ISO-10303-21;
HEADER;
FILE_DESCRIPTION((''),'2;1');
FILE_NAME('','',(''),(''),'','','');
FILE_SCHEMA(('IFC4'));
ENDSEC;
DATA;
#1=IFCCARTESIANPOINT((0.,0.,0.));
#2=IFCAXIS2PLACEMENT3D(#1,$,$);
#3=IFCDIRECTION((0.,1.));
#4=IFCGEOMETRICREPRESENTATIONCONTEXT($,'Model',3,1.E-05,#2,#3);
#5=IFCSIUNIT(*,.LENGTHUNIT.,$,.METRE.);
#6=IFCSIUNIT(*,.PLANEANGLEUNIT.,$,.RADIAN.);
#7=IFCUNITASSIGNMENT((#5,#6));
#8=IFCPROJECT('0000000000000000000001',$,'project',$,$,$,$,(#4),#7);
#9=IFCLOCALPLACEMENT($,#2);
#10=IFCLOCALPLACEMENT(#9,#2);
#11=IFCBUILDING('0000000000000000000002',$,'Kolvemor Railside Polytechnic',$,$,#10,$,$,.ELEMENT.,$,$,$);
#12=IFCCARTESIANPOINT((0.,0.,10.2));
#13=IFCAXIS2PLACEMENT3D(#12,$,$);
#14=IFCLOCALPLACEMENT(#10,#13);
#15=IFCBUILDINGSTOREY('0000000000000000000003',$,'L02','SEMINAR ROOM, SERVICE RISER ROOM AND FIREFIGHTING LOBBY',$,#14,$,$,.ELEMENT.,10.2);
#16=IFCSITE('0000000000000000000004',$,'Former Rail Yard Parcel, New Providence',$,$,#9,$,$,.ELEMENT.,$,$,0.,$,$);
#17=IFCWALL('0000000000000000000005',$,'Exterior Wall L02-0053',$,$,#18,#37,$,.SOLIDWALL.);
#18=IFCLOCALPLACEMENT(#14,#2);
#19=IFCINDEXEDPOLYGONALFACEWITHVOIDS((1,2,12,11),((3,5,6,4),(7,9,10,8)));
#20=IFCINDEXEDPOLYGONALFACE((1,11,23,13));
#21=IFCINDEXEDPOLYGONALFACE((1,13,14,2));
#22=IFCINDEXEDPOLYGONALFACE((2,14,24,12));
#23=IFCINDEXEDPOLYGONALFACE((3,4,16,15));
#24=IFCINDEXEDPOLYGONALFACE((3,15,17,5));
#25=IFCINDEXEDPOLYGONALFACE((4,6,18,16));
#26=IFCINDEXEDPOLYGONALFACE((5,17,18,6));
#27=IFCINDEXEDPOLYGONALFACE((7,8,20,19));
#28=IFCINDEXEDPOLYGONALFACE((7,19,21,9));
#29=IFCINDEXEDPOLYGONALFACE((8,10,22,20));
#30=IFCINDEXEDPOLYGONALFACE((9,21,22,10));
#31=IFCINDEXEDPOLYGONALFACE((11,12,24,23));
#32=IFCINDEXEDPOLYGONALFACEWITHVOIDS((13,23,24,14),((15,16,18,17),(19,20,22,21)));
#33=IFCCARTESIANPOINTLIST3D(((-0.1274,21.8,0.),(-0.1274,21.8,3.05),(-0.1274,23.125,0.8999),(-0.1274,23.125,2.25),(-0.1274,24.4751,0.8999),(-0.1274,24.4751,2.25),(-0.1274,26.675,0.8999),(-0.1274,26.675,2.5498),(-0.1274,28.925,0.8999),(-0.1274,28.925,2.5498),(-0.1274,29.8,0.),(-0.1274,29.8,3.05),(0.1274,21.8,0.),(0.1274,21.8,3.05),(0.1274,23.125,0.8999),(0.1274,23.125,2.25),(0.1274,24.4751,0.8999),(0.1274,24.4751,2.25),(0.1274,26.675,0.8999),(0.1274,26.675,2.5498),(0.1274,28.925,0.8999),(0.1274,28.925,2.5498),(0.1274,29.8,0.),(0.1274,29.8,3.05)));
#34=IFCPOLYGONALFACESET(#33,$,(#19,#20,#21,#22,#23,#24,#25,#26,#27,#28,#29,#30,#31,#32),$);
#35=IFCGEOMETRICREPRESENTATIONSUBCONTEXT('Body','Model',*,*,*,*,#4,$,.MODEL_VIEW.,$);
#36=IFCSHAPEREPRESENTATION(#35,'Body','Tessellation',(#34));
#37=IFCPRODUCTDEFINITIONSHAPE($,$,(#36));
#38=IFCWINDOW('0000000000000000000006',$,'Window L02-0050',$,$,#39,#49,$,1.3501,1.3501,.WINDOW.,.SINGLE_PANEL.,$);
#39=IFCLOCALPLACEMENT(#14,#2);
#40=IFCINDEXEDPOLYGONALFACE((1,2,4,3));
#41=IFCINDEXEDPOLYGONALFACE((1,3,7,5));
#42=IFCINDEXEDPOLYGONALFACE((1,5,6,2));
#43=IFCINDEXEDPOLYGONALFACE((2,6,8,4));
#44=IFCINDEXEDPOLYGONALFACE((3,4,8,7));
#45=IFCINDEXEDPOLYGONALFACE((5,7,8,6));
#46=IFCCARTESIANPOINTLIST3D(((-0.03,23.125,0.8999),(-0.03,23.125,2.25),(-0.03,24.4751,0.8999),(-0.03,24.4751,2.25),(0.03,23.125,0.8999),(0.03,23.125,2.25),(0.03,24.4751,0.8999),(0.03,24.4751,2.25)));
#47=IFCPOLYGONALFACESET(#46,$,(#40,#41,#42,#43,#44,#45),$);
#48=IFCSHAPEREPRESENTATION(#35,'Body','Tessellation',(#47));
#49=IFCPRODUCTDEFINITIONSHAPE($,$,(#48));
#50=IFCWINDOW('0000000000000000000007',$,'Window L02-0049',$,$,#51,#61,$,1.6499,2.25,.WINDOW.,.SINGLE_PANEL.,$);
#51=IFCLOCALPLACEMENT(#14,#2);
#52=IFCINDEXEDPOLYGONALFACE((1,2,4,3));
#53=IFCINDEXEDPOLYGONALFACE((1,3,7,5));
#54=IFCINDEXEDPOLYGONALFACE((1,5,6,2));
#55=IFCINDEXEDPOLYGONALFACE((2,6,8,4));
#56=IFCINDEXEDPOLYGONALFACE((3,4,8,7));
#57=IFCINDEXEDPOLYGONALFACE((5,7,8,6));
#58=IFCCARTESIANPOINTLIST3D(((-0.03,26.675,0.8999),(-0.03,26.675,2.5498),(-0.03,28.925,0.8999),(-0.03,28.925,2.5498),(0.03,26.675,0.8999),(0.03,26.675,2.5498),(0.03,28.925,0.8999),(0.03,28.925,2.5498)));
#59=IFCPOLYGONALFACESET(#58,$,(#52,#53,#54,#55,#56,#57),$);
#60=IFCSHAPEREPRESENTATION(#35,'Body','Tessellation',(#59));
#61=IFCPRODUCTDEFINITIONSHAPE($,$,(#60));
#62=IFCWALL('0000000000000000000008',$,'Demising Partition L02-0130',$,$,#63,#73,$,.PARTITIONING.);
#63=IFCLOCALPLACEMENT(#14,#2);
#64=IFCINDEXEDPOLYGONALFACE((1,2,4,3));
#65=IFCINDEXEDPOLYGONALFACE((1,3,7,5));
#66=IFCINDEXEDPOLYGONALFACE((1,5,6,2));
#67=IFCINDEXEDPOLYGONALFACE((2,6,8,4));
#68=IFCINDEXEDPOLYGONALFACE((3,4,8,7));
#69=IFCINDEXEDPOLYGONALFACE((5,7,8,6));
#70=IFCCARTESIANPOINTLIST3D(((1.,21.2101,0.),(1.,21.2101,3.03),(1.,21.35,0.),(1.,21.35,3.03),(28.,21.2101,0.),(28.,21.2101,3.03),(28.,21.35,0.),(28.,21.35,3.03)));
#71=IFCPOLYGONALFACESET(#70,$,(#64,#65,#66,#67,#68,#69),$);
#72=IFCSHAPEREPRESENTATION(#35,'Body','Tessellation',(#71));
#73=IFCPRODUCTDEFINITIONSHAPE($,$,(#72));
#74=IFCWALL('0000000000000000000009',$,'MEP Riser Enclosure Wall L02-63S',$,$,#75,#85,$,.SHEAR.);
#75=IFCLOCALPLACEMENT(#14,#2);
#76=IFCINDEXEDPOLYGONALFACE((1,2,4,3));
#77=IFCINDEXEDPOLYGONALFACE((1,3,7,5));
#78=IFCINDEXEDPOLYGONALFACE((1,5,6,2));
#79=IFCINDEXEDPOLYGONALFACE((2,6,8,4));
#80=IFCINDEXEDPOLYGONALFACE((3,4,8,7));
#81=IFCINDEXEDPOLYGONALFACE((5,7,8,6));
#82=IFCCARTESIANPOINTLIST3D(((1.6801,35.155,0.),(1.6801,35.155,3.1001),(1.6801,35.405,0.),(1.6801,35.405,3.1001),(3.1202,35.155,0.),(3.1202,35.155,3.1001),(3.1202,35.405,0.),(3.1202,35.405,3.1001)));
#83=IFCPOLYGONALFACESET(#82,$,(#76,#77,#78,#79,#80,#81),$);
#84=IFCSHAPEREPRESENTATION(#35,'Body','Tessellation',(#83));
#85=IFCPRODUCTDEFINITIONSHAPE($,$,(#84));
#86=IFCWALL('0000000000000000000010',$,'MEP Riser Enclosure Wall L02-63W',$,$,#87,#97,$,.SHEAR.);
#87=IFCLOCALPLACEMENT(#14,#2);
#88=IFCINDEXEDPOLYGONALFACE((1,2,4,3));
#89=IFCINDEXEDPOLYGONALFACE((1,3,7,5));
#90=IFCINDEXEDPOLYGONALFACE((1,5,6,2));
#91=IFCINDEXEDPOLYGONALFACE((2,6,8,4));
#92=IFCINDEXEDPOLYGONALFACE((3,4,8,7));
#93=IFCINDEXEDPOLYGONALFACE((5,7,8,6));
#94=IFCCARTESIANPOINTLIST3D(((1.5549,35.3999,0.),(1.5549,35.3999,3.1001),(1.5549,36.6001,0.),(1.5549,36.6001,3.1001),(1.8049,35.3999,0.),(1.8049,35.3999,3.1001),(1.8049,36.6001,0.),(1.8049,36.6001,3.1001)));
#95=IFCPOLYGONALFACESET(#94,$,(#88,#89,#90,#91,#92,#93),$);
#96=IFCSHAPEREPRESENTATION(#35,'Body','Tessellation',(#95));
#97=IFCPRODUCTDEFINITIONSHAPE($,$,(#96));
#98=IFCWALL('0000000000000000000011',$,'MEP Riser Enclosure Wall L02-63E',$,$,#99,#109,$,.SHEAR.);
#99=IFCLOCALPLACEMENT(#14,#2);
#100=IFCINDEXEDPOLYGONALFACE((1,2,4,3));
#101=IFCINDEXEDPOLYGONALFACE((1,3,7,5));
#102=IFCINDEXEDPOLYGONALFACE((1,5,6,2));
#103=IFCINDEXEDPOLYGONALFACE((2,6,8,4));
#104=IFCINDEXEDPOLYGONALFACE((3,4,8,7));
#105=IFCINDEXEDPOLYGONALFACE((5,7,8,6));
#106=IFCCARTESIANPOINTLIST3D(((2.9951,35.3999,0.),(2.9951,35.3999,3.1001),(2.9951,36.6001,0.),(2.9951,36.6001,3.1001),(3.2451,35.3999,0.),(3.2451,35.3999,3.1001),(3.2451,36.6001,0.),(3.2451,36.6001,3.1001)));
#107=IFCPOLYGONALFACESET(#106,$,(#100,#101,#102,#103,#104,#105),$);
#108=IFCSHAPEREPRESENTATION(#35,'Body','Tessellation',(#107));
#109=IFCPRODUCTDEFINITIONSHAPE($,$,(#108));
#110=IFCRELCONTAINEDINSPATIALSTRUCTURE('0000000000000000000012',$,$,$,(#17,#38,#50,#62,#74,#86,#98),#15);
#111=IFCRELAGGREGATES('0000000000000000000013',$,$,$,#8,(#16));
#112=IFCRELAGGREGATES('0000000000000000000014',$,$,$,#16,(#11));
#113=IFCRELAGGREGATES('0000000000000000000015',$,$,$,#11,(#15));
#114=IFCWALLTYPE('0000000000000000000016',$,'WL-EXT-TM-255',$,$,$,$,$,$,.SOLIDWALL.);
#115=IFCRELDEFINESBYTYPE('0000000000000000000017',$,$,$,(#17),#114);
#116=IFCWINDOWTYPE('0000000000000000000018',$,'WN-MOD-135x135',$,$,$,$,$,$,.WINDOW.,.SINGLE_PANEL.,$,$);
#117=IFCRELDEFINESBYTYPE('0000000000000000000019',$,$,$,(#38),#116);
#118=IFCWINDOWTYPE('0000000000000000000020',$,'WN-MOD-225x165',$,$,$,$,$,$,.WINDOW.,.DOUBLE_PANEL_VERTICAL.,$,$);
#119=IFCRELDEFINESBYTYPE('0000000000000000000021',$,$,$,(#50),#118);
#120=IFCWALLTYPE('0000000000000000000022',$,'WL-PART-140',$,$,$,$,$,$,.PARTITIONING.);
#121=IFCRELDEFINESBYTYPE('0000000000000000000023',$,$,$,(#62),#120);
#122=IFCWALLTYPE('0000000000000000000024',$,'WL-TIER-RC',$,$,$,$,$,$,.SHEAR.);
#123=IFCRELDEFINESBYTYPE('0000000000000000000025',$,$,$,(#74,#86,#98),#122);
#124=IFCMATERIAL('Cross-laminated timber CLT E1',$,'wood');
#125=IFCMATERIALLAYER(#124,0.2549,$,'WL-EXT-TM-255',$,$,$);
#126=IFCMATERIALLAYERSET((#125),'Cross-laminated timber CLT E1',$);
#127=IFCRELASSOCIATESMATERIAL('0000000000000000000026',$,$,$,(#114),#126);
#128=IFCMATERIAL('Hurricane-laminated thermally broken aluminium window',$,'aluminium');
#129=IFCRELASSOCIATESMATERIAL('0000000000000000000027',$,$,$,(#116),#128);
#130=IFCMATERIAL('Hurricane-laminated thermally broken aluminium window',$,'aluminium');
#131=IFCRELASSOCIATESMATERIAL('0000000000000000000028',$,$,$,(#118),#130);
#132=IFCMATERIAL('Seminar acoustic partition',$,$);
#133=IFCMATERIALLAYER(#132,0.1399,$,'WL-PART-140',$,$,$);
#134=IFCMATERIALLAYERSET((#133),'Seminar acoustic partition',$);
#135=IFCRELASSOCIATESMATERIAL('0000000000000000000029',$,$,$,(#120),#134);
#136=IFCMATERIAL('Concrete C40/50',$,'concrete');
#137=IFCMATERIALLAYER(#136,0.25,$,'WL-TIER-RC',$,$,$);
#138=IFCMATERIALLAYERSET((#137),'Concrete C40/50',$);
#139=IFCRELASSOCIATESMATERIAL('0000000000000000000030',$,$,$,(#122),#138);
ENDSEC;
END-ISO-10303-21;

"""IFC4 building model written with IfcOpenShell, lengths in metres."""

from ifc_helpers import new_model, si_unit, direction, frame, frame_2d, origin, place, context, subcontext, project, spatial, rectangle, extrude, material, layer, layer_set, type_object, element, fill, save


model = new_model("IFC4")

# Units and contexts
model_context = context("Model", 3, precision=1e-05, world=origin(), true_north=direction((0.0, 1.0)))
body_context = subcontext(model_context, "Body", "Model", "MODEL_VIEW")
ifc_project = project(units=[si_unit("LENGTHUNIT", "METRE"), si_unit("PLANEANGLEUNIT", "RADIAN")], contexts=[model_context])

# Site, building, storey
site_placement = place(None, origin())
site = spatial("IfcSite", under=ifc_project, at=site_placement, Name="Former Rail Yard Parcel, New Providence", CompositionType="ELEMENT", RefElevation=0.0)
building_placement = place(site_placement, origin())
building = spatial("IfcBuilding", under=site, at=building_placement, Name="Kolvemor Railside Polytechnic", CompositionType="ELEMENT")
storey_placement = place(building_placement, frame((0.0, 0.0, 10.2)))
storey = spatial("IfcBuildingStorey", under=building, at=storey_placement, Name="L02", Description="SEMINAR ROOM, SERVICE RISER ROOM AND FIREFIGHTING LOBBY", CompositionType="ELEMENT", Elevation=10.2)

# Wall, openings, windows
ifc_material_1 = material(Name="Cross-laminated timber CLT E1", Category="wood")
ifc_layer_1 = layer(ifc_material_1, 0.2549, Name="WL-EXT-TM-255")
ifc_layer_set_1 = layer_set([ifc_layer_1], Name="Cross-laminated timber CLT E1")
wall_type_1 = type_object("IfcWallType", Name="WL-EXT-TM-255", PredefinedType="SOLIDWALL", material=ifc_layer_set_1)
wall_1_placement = place(storey_placement, frame((0.0, 29.8, 0.0), z_axis=(0.0, 0.0, 1.0), x_axis=(0.0, -1.0, 0.0)))
wall_1 = element("IfcWall", 1, at=wall_1_placement, inside=storey, type_object=wall_type_1, Name="Exterior Wall L02-0053", PredefinedType="SOLIDWALL", context=body_context, shape_type="SweptSolid", body=[
    extrude(rectangle(XDim=8.0, YDim=0.2549, at=frame_2d((4.0, 0.0))), origin(), (0.0, 0.0, 1.0), 3.05),
])
opening_1_placement = place(wall_1_placement, frame((0.875, 0.0, 0.8999)))
opening_1 = element("IfcOpeningElement", 2, at=opening_1_placement, cuts=wall_1, PredefinedType="OPENING", context=body_context, shape_type="SweptSolid", body=[
    extrude(rectangle(XDim=2.25, YDim=1.6499, at=frame_2d((1.125, 0.825))), frame((0.0, 0.1375, 0.0), z_axis=(0.0, -1.0, 0.0), x_axis=(1.0, 0.0, 0.0)), (0.0, 0.0, 1.0), 0.2749),
])
opening_2_placement = place(wall_1_placement, frame((5.325, 0.0, 0.8999)))
opening_2 = element("IfcOpeningElement", 3, at=opening_2_placement, cuts=wall_1, PredefinedType="OPENING", context=body_context, shape_type="SweptSolid", body=[
    extrude(rectangle(XDim=1.3501, YDim=1.3501, at=frame_2d((0.675, 0.675))), frame((0.0, 0.1375, 0.0), z_axis=(0.0, -1.0, 0.0), x_axis=(1.0, 0.0, 0.0)), (0.0, 0.0, 1.0), 0.2749),
])
ifc_material_2 = material(Name="Hurricane-laminated thermally broken aluminium window", Category="aluminium")
window_type_1 = type_object("IfcWindowType", Name="WN-MOD-135x135", PartitioningType="SINGLE_PANEL", PredefinedType="WINDOW", material=ifc_material_2)
window_1_placement = place(opening_2_placement, origin())
window_1 = element("IfcWindow", 4, at=window_1_placement, inside=storey, type_object=window_type_1, Name="Window L02-0050", OverallHeight=1.3501, OverallWidth=1.3501, PartitioningType="SINGLE_PANEL", PredefinedType="WINDOW", context=body_context, shape_type="SweptSolid", body=[
    extrude(rectangle(XDim=1.3501, YDim=1.3501, at=frame_2d((0.675, 0.675))), frame((0.0, 0.03, 0.0), z_axis=(0.0, -1.0, 0.0), x_axis=(1.0, 0.0, 0.0)), (0.0, 0.0, 1.0), 0.0601),
])
fill(opening_2, window_1)
ifc_material_3 = material(Name="Hurricane-laminated thermally broken aluminium window", Category="aluminium")
window_type_2 = type_object("IfcWindowType", Name="WN-MOD-225x165", PartitioningType="DOUBLE_PANEL_VERTICAL", PredefinedType="WINDOW", material=ifc_material_3)
window_2_placement = place(opening_1_placement, origin())
window_2 = element("IfcWindow", 5, at=window_2_placement, inside=storey, type_object=window_type_2, Name="Window L02-0049", OverallHeight=1.6499, OverallWidth=2.25, PartitioningType="SINGLE_PANEL", PredefinedType="WINDOW", context=body_context, shape_type="SweptSolid", body=[
    extrude(rectangle(XDim=2.25, YDim=1.6499, at=frame_2d((1.125, 0.825))), frame((0.0, 0.03, 0.0), z_axis=(0.0, -1.0, 0.0), x_axis=(1.0, 0.0, 0.0)), (0.0, 0.0, 1.0), 0.0601),
])
fill(opening_1, window_2)

# Walls
ifc_material_4 = material(Name="Seminar acoustic partition")
ifc_layer_2 = layer(ifc_material_4, 0.1399, Name="WL-PART-140")
ifc_layer_set_2 = layer_set([ifc_layer_2], Name="Seminar acoustic partition")
wall_type_2 = type_object("IfcWallType", Name="WL-PART-140", PredefinedType="PARTITIONING", material=ifc_layer_set_2)
wall_2_placement = place(storey_placement, frame((1.0, 21.28, 0.0), z_axis=(0.0, 0.0, 1.0), x_axis=(1.0, 0.0, 0.0)))
element("IfcWall", 6, at=wall_2_placement, inside=storey, type_object=wall_type_2, Name="Demising Partition L02-0130", PredefinedType="PARTITIONING", context=body_context, shape_type="SweptSolid", body=[
    extrude(rectangle(XDim=27.0, YDim=0.1399, at=frame_2d((13.5, 0.0))), origin(), (0.0, 0.0, 1.0), 3.03),
])
ifc_material_5 = material(Name="Concrete C40/50", Category="concrete")
ifc_layer_3 = layer(ifc_material_5, 0.25, Name="WL-TIER-RC")
ifc_layer_set_3 = layer_set([ifc_layer_3], Name="Concrete C40/50")
wall_type_3 = type_object("IfcWallType", Name="WL-TIER-RC", PredefinedType="SHEAR", material=ifc_layer_set_3)
wall_3_placement = place(storey_placement, frame((1.6799, 35.28, 0.0), z_axis=(0.0, 0.0, 1.0), x_axis=(1.0, 0.0, 0.0)))
element("IfcWall", 7, at=wall_3_placement, inside=storey, type_object=wall_type_3, Name="MEP Riser Enclosure Wall L02-63S", PredefinedType="SHEAR", context=body_context, shape_type="SweptSolid", body=[
    extrude(rectangle(XDim=1.4402, YDim=0.25, at=frame_2d((0.7202, 0.0))), origin(), (0.0, 0.0, 1.0), 3.1001),
])
for number, where, z_axis, x_axis, name in (
    (8, (1.6799, 35.3999, 0.0), (0.0, 0.0, 1.0), (0.0, 1.0, 0.0), "MEP Riser Enclosure Wall L02-63W"),
    (9, (3.1201, 35.3999, 0.0), (0.0, 0.0, 1.0), (0.0, 1.0, 0.0), "MEP Riser Enclosure Wall L02-63E"),
):
    element("IfcWall", number, at=place(storey_placement, frame(where, z_axis=z_axis, x_axis=x_axis)), inside=storey, type_object=wall_type_3, Name=name, PredefinedType="SHEAR", context=body_context, shape_type="SweptSolid", body=[
        extrude(rectangle(XDim=1.2002, YDim=0.25, at=frame_2d((0.6001, 0.0))), origin(), (0.0, 0.0, 1.0), 3.1001),
    ])

save(model, "model.ifc")
